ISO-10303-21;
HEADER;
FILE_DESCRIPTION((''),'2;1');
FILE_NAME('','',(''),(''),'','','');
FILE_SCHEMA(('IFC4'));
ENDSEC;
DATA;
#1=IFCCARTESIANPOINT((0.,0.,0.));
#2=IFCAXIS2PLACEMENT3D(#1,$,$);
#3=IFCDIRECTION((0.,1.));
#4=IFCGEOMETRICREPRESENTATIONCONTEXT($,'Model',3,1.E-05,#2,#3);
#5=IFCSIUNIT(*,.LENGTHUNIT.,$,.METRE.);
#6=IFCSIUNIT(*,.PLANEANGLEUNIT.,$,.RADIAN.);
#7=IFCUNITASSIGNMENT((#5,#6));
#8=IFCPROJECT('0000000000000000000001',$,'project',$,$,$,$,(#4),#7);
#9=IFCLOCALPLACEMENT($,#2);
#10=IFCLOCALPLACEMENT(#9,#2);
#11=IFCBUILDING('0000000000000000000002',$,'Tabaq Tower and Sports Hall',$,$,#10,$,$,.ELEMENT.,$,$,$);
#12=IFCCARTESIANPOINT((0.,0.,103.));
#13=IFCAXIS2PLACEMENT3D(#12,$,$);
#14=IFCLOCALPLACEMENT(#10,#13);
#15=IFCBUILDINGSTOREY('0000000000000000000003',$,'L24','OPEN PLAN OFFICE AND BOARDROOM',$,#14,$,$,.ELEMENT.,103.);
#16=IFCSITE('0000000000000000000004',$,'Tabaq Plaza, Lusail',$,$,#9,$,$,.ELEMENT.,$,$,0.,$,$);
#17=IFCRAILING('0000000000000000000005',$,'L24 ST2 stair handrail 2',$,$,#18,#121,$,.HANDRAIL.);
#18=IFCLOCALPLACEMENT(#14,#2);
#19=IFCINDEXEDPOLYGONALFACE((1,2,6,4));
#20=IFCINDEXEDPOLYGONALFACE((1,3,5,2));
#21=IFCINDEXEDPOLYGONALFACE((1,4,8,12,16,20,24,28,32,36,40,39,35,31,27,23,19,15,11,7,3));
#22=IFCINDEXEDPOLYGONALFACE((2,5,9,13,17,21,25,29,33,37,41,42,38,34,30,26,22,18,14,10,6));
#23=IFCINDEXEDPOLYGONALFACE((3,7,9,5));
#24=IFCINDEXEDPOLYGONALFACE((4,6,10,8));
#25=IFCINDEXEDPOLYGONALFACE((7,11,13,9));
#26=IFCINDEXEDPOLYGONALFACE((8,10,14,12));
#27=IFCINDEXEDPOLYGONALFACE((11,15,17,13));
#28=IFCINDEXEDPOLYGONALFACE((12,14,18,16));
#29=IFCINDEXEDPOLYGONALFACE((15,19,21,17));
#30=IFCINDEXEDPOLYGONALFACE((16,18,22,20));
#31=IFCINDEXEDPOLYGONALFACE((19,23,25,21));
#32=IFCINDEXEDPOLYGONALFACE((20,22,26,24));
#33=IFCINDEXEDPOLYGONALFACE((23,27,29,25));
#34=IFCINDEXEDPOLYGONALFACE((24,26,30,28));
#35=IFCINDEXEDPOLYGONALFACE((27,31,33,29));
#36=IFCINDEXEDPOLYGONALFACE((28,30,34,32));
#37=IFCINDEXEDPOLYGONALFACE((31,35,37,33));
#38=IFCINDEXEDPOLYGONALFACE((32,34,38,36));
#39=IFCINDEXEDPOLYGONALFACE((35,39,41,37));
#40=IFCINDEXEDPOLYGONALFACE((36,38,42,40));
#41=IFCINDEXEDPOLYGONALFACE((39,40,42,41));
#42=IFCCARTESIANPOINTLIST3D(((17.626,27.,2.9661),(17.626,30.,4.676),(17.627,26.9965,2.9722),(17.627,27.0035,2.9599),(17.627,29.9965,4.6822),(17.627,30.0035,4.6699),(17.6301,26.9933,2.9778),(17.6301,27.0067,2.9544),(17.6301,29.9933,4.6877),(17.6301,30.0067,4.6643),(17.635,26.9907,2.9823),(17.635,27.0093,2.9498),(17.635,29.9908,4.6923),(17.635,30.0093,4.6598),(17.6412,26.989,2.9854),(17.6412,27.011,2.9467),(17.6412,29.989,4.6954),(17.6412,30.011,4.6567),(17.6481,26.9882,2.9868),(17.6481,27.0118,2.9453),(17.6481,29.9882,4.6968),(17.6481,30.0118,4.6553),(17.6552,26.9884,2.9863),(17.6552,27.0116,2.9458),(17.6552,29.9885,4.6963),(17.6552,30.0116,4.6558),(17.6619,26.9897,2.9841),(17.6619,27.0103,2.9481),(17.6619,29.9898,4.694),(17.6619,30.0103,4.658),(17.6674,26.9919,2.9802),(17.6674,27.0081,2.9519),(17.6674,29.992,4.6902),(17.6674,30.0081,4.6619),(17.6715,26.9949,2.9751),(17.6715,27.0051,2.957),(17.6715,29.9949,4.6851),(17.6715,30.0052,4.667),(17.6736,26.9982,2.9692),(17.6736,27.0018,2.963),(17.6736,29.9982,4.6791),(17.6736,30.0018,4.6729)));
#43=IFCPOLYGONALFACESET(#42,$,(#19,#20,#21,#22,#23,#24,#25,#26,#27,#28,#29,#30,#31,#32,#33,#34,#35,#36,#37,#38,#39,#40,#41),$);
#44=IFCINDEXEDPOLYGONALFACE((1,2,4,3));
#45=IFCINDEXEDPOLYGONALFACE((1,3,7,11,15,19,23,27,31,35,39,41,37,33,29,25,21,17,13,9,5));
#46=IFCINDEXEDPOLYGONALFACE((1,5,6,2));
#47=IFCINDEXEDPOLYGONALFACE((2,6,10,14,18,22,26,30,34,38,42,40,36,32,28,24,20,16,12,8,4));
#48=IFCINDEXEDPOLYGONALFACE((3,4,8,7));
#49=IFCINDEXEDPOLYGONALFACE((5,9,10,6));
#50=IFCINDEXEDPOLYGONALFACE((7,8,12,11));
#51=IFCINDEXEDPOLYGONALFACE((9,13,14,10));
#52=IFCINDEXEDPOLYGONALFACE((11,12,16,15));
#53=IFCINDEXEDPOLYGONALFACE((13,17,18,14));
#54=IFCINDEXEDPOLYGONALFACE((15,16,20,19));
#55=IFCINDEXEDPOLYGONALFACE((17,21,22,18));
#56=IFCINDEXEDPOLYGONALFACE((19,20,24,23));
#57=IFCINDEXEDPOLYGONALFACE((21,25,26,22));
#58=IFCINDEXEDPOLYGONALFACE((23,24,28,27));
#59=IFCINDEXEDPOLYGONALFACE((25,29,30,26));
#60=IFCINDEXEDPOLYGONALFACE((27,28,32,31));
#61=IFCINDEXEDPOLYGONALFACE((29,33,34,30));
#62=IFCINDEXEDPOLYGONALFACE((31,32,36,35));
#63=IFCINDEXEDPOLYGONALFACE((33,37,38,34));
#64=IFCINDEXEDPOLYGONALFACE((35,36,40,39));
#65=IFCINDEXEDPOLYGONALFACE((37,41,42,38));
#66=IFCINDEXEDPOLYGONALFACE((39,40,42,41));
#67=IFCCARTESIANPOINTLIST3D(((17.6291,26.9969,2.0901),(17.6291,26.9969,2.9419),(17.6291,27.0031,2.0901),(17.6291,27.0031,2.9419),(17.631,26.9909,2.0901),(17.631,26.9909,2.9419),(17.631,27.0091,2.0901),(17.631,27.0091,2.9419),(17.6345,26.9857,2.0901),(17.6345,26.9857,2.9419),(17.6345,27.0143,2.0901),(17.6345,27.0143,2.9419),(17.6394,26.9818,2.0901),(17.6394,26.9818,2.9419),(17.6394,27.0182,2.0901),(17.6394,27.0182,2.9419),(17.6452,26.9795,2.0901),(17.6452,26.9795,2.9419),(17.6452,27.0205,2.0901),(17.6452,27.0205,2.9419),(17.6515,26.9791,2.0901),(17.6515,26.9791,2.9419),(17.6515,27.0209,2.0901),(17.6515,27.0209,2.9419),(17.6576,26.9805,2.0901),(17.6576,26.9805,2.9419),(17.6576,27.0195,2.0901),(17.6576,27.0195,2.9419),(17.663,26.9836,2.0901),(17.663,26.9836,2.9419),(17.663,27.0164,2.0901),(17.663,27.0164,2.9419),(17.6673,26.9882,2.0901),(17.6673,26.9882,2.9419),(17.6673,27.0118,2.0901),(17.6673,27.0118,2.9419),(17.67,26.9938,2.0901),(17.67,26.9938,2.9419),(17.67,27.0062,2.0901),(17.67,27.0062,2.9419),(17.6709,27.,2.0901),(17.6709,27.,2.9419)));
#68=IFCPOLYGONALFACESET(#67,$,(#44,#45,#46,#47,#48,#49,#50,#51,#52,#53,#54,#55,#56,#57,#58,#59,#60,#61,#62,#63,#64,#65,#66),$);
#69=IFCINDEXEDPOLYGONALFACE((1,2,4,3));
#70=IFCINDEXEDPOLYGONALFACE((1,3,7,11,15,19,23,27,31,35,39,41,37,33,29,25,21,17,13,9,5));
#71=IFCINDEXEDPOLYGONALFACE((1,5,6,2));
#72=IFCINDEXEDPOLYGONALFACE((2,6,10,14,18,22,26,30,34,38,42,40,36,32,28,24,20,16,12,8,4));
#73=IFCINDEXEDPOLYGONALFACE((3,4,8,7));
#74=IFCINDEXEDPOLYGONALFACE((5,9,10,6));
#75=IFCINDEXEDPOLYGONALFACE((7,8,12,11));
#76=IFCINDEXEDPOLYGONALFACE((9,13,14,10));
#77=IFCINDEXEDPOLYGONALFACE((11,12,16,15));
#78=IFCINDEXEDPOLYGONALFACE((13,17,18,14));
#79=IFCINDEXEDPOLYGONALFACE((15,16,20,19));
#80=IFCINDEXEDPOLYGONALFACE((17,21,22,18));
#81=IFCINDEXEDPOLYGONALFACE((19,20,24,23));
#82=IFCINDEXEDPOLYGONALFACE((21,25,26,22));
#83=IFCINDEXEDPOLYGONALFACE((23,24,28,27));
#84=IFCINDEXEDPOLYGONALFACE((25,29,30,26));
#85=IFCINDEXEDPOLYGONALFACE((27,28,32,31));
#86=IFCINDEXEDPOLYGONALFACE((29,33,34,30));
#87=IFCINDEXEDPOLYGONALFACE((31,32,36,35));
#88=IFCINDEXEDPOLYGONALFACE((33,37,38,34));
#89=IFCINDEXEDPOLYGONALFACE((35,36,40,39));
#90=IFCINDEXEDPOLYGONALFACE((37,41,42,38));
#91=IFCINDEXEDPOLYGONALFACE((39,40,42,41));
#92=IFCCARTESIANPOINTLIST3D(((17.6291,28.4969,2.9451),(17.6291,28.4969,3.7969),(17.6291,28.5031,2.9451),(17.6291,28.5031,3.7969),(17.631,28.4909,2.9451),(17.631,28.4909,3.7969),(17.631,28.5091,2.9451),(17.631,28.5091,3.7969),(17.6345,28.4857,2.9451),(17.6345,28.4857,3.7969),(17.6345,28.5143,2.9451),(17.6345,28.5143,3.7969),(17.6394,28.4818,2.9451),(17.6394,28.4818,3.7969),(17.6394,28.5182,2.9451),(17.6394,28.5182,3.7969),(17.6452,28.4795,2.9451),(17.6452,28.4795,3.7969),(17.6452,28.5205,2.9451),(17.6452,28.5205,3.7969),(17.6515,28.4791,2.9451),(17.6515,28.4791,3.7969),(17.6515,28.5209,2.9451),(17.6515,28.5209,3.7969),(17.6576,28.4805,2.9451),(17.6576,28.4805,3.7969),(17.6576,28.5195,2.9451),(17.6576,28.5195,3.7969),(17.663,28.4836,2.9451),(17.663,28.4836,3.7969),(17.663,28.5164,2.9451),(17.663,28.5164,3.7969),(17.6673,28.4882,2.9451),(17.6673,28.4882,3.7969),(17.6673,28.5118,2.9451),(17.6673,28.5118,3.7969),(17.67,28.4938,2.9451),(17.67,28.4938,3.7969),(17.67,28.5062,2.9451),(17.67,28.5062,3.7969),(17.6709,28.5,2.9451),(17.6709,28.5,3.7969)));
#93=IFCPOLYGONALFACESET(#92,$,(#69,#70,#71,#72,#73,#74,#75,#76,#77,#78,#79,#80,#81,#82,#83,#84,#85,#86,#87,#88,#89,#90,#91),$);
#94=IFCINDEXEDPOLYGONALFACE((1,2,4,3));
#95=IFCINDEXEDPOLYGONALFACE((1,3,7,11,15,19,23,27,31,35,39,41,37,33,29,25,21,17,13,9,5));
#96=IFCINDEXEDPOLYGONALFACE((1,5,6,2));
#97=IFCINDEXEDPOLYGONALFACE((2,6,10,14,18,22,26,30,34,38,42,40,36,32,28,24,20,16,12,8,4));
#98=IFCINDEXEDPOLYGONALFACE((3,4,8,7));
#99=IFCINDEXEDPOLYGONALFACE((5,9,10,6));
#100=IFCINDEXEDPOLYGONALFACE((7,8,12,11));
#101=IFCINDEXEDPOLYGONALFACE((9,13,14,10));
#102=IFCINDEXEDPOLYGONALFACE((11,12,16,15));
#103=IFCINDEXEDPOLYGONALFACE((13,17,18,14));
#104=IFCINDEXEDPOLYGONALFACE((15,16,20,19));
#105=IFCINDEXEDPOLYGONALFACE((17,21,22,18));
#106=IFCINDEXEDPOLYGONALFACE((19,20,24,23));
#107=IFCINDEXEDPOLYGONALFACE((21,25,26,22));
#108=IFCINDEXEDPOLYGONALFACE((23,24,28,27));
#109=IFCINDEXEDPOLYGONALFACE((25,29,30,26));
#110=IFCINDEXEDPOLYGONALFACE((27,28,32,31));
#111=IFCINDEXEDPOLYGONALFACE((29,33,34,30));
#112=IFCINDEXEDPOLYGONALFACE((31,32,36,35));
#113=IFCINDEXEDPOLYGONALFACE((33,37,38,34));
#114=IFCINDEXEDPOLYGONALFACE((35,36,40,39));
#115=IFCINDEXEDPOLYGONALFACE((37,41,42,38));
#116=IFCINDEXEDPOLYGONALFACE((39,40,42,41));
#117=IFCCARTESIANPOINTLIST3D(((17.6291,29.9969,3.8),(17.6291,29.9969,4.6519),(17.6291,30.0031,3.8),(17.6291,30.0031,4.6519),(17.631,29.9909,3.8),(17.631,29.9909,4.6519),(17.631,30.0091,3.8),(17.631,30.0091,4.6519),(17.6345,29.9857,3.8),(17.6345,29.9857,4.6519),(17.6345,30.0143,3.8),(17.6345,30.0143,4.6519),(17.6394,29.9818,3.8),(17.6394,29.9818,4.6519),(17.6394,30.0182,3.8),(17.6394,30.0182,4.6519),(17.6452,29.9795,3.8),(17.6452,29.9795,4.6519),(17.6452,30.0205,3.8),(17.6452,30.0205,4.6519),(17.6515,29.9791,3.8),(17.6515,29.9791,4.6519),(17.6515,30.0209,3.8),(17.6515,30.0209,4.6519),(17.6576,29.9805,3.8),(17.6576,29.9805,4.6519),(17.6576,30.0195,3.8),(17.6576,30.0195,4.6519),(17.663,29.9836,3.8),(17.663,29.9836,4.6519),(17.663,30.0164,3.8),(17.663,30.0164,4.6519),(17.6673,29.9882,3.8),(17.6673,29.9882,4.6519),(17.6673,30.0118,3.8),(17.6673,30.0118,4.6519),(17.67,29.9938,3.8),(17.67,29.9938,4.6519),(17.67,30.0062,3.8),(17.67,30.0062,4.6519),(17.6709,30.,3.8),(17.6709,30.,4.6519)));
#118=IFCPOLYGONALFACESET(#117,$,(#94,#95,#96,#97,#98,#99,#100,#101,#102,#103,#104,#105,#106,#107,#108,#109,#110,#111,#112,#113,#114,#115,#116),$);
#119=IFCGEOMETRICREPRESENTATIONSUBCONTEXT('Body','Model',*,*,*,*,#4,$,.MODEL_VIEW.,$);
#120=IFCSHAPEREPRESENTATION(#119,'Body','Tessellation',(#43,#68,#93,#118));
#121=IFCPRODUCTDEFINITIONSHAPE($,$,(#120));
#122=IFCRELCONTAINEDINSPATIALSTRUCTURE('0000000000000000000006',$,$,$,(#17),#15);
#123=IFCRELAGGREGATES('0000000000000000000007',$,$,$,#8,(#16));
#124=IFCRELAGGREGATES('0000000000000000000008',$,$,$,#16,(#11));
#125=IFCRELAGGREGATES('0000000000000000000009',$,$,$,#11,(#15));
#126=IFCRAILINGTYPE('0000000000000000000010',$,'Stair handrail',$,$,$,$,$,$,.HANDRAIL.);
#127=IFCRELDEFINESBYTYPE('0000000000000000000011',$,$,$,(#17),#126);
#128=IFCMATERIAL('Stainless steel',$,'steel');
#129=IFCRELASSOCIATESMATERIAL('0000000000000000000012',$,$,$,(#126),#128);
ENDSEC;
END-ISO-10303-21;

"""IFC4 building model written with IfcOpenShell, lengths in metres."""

from ifc_helpers import new_model, si_unit, direction, frame, origin, origin_2d, place, context, subcontext, project, spatial, circle, extrude, material, type_object, element, save


model = new_model("IFC4")

# Units and contexts
model_context = context("Model", 3, precision=1e-05, world=origin(), true_north=direction((0.0, 1.0)))
body_context = subcontext(model_context, "Body", "Model", "MODEL_VIEW")
ifc_project = project(units=[si_unit("LENGTHUNIT", "METRE"), si_unit("PLANEANGLEUNIT", "RADIAN")], contexts=[model_context])

# Site, building, storey
site_placement = place(None, origin())
site = spatial("IfcSite", under=ifc_project, at=site_placement, Name="Tabaq Plaza, Lusail", CompositionType="ELEMENT", RefElevation=0.0)
building_placement = place(site_placement, origin())
building = spatial("IfcBuilding", under=site, at=building_placement, Name="Tabaq Tower and Sports Hall", CompositionType="ELEMENT")
storey_placement = place(building_placement, frame((0.0, 0.0, 103.0)))
storey = spatial("IfcBuildingStorey", under=building, at=storey_placement, Name="L24", Description="OPEN PLAN OFFICE AND BOARDROOM", CompositionType="ELEMENT", Elevation=103.0)

# Railing
ifc_material_1 = material(Name="Stainless steel", Category="steel")
railing_type_1 = type_object("IfcRailingType", Name="Stair handrail", PredefinedType="HANDRAIL", material=ifc_material_1)
railing_1_placement = place(storey_placement, frame((17.6499, 27.0, 2.0901)))
element("IfcRailing", 1, at=railing_1_placement, inside=storey, type_object=railing_type_1, Name="L24 ST2 stair handrail 2", PredefinedType="HANDRAIL", context=body_context, shape_type="SweptSolid", body=[
    extrude(circle(Radius=0.0239, at=origin_2d()), frame((0.0, 0.0, 0.876), z_axis=(0.0, 0.868782, 0.495195), x_axis=(-1.0, 0.0, 0.0)), (0.0, 0.0, 1.0), 3.4531),
    extrude(circle(Radius=0.021, at=origin_2d()), origin(), (0.0, 0.0, 1.0), 0.8518),
    extrude(circle(Radius=0.021, at=origin_2d()), frame((0.0, 1.5, 0.855)), (0.0, 0.0, 1.0), 0.8518),
    extrude(circle(Radius=0.021, at=origin_2d()), frame((0.0, 3.0, 1.71)), (0.0, 0.0, 1.0), 0.8518),
])

save(model, "model.ifc")
